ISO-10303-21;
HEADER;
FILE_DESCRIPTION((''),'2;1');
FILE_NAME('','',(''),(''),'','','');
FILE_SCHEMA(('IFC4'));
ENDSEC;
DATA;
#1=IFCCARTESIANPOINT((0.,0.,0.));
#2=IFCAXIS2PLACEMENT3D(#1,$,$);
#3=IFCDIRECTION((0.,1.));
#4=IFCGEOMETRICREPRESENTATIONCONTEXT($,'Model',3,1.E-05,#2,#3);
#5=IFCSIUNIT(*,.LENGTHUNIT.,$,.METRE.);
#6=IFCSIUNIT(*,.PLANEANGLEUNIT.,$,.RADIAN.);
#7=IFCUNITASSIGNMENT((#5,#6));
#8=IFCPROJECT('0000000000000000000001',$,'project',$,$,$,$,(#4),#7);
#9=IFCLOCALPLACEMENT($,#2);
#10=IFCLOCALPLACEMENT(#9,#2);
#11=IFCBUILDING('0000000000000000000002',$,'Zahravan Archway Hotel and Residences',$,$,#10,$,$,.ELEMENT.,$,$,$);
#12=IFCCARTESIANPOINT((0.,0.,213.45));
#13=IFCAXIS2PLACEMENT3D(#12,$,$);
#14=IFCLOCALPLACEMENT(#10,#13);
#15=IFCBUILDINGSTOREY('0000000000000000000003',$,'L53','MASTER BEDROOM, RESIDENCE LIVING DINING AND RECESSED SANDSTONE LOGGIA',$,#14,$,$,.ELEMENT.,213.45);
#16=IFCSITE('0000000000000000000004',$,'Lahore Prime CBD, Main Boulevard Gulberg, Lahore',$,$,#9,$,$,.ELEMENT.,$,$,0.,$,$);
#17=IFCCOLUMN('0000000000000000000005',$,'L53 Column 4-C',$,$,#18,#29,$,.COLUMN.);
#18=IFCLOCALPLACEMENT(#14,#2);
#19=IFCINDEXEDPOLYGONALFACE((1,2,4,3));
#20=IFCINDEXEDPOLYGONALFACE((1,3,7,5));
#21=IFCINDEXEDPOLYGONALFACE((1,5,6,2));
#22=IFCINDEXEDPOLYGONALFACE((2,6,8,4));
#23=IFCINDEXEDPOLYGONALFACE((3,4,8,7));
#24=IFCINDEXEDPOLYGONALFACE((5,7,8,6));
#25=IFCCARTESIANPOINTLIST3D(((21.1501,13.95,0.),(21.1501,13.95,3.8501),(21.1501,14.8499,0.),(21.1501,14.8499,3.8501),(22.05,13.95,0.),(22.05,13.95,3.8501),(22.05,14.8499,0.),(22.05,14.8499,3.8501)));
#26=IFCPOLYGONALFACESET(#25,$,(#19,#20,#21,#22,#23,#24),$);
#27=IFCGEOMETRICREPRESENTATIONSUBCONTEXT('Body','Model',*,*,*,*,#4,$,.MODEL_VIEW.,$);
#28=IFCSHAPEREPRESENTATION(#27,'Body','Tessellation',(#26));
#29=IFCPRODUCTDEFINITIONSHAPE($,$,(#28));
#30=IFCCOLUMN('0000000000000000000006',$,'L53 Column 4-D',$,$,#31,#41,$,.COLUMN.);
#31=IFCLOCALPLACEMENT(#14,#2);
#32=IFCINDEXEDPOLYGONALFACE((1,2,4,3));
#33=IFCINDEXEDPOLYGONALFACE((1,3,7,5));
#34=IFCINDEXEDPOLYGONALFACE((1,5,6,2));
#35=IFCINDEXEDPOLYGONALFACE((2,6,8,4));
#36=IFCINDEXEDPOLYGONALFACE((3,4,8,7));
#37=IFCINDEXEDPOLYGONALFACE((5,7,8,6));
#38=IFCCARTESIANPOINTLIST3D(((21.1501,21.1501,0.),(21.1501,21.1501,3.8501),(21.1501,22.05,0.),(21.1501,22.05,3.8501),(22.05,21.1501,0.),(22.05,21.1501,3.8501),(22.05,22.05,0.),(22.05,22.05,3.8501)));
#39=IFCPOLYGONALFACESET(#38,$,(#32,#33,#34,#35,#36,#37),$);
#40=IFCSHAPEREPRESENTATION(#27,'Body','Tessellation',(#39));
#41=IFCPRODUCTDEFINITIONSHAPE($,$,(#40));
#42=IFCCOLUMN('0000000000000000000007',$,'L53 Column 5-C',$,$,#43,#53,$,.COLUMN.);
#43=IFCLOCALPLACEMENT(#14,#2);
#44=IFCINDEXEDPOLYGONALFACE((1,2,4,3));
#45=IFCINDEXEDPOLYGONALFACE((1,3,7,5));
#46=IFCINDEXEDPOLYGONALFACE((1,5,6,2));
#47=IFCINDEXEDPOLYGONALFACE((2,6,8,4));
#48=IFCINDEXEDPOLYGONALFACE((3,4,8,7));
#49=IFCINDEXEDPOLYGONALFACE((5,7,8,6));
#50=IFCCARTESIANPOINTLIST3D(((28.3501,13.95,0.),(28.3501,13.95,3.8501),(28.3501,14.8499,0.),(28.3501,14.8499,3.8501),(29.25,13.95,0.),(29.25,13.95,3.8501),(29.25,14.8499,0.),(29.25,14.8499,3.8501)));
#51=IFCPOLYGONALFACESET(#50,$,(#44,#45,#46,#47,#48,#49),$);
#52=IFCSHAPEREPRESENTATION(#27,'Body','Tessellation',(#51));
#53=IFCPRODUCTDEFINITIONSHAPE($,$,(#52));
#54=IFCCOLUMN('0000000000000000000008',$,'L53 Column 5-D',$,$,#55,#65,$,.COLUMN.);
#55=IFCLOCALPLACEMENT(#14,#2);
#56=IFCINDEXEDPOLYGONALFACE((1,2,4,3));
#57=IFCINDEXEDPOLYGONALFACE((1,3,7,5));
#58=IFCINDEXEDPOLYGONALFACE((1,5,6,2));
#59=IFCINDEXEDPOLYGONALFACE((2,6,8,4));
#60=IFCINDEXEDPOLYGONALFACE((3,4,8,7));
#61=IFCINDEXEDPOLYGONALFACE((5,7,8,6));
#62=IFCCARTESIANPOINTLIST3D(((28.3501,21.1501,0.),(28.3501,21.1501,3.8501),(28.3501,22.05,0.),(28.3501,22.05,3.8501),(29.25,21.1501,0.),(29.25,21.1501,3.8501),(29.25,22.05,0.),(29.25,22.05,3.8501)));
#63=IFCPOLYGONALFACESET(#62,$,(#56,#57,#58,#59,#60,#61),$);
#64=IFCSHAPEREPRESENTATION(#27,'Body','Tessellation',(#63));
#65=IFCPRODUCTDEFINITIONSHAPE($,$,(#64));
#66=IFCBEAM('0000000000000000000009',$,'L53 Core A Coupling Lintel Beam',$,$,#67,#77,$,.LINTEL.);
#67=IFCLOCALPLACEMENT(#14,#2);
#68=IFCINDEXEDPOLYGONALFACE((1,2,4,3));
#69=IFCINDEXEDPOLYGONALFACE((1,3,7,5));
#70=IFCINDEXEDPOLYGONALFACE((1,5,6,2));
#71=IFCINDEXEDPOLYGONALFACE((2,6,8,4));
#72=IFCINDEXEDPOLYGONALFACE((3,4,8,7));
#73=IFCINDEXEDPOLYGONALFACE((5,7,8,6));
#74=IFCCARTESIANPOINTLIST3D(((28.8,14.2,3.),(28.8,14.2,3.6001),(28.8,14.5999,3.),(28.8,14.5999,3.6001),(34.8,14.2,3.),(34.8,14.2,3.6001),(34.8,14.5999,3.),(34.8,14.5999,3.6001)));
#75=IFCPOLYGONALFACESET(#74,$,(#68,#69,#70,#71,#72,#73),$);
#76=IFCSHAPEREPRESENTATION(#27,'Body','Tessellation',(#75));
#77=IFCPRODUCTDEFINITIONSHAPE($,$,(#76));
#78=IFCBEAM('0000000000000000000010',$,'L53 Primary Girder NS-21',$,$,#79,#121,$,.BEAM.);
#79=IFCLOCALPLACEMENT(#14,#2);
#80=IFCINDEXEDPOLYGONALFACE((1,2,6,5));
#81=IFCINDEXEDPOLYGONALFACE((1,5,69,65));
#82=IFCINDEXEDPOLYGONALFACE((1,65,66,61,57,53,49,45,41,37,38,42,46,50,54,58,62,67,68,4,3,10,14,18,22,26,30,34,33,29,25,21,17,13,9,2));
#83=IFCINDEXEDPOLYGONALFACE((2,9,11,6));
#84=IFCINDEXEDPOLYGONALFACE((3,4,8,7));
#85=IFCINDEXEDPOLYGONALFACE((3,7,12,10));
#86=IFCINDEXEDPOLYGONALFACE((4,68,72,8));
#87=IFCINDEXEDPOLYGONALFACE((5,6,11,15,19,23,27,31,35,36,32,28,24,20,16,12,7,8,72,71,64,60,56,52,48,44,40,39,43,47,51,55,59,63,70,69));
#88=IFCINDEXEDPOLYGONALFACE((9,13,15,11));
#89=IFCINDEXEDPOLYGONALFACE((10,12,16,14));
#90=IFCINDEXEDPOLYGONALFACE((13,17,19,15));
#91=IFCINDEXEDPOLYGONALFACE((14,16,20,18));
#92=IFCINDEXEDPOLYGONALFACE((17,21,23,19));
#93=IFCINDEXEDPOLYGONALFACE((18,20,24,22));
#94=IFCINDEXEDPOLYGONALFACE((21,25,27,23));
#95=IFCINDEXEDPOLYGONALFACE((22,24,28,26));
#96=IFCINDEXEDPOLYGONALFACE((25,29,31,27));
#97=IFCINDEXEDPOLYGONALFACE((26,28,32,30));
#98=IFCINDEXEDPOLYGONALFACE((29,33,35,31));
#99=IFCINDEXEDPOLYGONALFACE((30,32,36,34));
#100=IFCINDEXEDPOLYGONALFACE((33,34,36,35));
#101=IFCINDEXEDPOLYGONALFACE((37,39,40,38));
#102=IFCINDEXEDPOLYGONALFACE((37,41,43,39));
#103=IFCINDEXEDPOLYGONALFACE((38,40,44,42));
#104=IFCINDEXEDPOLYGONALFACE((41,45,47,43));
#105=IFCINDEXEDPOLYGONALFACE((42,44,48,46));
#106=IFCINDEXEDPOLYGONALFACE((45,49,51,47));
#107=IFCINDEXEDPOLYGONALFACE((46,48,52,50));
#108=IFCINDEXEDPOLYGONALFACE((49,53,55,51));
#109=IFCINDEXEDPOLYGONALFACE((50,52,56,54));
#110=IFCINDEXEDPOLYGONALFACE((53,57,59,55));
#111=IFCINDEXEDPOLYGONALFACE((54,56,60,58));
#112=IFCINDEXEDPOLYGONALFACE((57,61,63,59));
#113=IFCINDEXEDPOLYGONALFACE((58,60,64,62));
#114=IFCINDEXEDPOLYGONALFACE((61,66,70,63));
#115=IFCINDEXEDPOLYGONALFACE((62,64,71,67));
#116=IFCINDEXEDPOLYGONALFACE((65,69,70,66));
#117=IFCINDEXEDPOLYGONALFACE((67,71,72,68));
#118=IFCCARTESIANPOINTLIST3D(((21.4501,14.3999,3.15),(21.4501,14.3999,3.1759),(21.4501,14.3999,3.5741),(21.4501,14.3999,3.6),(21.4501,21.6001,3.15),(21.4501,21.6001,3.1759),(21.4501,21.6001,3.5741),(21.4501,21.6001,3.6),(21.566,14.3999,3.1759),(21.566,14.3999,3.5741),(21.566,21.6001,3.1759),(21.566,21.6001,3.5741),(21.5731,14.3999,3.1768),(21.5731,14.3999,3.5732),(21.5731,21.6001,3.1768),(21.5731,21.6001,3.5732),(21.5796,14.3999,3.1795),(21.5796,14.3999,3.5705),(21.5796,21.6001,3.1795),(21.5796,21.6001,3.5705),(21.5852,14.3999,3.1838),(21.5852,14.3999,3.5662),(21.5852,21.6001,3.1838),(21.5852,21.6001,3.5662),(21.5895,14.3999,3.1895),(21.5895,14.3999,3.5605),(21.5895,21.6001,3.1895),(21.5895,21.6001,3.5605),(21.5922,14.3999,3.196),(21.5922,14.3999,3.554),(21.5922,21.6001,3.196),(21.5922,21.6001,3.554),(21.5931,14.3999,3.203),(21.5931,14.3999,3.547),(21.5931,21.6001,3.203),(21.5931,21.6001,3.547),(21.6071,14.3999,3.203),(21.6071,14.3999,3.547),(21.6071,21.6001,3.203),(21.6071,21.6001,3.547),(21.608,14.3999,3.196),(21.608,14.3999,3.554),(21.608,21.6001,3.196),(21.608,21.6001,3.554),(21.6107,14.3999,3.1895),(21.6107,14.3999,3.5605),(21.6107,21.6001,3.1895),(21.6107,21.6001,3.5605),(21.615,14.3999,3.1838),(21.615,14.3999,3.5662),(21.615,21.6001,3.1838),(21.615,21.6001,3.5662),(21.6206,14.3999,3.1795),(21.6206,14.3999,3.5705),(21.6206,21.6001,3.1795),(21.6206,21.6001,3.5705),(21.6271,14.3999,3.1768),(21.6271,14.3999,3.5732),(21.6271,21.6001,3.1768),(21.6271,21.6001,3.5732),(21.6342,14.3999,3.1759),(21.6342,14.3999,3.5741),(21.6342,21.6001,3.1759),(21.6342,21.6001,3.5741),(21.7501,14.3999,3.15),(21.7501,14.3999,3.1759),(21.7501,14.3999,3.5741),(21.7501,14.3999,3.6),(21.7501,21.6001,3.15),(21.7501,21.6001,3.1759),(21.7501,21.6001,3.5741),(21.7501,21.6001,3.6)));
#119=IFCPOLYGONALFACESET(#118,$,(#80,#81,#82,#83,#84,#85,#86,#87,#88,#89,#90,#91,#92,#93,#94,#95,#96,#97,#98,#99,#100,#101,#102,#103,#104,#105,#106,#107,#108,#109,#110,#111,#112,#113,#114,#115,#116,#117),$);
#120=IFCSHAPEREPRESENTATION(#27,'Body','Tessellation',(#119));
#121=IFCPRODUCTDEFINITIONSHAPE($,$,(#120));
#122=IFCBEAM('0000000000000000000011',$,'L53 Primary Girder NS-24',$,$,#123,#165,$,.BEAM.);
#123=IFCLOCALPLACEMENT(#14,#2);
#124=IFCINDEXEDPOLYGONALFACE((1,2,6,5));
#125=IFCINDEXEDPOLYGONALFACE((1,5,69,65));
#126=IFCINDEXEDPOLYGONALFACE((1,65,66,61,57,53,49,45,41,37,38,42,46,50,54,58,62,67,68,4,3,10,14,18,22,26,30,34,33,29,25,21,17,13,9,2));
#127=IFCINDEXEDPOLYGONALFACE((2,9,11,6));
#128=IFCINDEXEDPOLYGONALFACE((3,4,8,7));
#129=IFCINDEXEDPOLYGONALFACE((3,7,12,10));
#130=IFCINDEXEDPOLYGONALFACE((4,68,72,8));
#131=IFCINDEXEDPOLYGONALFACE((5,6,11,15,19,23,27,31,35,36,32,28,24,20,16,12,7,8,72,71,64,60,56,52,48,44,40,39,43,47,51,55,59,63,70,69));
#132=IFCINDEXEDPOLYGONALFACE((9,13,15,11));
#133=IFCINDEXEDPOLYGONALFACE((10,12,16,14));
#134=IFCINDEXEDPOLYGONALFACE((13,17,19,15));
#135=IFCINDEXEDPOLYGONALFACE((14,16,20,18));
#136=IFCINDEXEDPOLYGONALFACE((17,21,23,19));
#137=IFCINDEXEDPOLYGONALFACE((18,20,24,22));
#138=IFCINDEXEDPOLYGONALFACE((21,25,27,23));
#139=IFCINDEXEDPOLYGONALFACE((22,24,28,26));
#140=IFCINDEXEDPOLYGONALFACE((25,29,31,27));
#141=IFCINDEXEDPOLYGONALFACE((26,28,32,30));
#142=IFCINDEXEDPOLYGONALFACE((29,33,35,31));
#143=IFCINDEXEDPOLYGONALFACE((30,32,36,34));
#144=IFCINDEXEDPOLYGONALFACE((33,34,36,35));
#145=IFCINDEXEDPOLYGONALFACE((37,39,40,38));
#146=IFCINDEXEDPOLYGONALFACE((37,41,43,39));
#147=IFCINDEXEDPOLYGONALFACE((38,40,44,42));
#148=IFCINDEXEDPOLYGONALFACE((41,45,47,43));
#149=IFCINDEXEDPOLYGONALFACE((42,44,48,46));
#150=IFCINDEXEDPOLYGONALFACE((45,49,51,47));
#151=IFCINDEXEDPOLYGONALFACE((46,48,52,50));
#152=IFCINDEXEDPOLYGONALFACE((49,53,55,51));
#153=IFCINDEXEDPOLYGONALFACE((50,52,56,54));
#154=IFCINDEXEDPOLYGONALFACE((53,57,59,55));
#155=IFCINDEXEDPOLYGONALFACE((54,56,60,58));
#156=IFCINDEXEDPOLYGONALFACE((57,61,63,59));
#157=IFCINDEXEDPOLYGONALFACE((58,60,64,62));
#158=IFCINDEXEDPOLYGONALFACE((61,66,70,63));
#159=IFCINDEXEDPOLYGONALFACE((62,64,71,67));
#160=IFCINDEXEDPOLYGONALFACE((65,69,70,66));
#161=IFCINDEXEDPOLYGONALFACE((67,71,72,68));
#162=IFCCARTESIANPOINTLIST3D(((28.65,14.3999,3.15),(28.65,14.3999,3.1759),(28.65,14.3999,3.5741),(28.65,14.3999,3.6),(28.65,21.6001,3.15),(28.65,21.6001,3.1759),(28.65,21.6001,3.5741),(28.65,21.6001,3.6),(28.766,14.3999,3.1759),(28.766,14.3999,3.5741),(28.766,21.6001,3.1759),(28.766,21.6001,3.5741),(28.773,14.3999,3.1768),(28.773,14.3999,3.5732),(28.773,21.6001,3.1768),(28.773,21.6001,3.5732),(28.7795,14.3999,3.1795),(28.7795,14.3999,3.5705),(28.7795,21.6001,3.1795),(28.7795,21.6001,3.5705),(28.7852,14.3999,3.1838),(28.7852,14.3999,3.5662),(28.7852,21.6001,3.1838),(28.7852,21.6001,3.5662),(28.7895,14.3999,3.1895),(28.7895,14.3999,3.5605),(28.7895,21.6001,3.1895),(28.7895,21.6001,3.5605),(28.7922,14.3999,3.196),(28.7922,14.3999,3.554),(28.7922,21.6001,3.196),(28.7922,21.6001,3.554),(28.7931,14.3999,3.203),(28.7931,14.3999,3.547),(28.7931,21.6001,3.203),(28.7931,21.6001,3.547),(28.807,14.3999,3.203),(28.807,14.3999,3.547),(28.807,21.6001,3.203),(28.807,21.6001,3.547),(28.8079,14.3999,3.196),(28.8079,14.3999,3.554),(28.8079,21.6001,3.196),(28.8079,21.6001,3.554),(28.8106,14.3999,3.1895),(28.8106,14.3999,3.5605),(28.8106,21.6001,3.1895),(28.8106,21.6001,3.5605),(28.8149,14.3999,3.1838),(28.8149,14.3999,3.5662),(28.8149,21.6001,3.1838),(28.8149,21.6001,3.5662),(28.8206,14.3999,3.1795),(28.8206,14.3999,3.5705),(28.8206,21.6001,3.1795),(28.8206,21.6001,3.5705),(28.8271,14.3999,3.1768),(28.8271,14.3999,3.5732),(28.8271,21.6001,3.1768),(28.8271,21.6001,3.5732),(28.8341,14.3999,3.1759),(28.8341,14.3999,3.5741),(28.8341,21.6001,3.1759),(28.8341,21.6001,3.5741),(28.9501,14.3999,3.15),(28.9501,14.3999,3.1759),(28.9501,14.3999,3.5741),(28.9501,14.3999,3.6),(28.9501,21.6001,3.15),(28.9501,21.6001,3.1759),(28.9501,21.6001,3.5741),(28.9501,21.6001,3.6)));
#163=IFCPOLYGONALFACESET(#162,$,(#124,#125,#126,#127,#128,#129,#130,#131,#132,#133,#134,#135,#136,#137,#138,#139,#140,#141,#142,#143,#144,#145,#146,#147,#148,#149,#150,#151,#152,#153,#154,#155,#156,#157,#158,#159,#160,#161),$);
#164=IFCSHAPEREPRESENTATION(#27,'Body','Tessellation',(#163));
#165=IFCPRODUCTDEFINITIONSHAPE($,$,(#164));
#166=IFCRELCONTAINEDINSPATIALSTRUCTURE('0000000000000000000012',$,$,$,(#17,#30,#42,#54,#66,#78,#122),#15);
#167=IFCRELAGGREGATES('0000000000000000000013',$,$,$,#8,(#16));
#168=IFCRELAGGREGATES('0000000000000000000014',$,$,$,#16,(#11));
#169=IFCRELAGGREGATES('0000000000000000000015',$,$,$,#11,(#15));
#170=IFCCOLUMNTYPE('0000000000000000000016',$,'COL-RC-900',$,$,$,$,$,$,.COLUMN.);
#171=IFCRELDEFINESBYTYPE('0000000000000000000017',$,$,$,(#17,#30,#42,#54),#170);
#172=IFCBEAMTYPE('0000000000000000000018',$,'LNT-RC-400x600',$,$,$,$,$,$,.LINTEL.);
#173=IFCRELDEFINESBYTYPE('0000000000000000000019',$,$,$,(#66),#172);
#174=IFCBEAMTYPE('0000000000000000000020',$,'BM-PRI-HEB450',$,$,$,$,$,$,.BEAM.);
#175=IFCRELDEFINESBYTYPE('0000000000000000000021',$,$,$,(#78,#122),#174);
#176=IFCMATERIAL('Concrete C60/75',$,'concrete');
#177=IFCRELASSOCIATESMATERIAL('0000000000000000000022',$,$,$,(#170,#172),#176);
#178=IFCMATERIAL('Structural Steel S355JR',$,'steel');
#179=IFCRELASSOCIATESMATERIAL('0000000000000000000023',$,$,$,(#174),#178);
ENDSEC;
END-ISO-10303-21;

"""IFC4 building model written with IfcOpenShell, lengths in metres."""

from ifc_helpers import new_model, si_unit, direction, frame, origin, origin_2d, place, context, subcontext, project, spatial, rectangle, i_section, extrude, source, transform, mapped, material, material_profile, profile_set, type_object, type_shapes, element, save


model = new_model("IFC4")

# Units and contexts
model_context = context("Model", 3, precision=1e-05, world=origin(), true_north=direction((0.0, 1.0)))
body_context = subcontext(model_context, "Body", "Model", "MODEL_VIEW")
ifc_project = project(units=[si_unit("LENGTHUNIT", "METRE"), si_unit("PLANEANGLEUNIT", "RADIAN")], contexts=[model_context])

# Site, building, storey
site_placement = place(None, origin())
site = spatial("IfcSite", under=ifc_project, at=site_placement, Name="Lahore Prime CBD, Main Boulevard Gulberg, Lahore", CompositionType="ELEMENT", RefElevation=0.0)
building_placement = place(site_placement, origin())
building = spatial("IfcBuilding", under=site, at=building_placement, Name="Zahravan Archway Hotel and Residences", CompositionType="ELEMENT")
storey_placement = place(building_placement, frame((0.0, 0.0, 213.45)))
storey = spatial("IfcBuildingStorey", under=building, at=storey_placement, Name="L53", Description="MASTER BEDROOM, RESIDENCE LIVING DINING AND RECESSED SANDSTONE LOGGIA", CompositionType="ELEMENT", Elevation=213.45)

# Columns
ifc_material_1 = material(Name="Concrete C60/75", Category="concrete")
ifc_material_profile_1 = material_profile(ifc_material_1, rectangle(XDim=0.8999, YDim=0.8999, at=origin_2d()), Name="RC-COL-900x900", Category="concrete")
ifc_profile_set_1 = profile_set([ifc_material_profile_1], Name="Concrete C60/75")
column_type = type_object("IfcColumnType", Name="COL-RC-900", PredefinedType="COLUMN", material=ifc_profile_set_1)
shared_shape_1 = source(origin(), body_context, "Body", "SweptSolid", [
    extrude(rectangle(XDim=0.8999, YDim=0.8999, at=origin_2d()), origin(), (0.0, 0.0, 1.0), 3.8501),
])
type_shapes(column_type, [shared_shape_1])
for number, where, z_axis, x_axis, name in (
    (1, (21.6001, 14.3999, 0.0), (0.0, 0.0, 1.0), (1.0, 0.0, 0.0), "L53 Column 4-C"),
    (2, (21.6001, 21.6001, 0.0), (0.0, 0.0, 1.0), (1.0, 0.0, 0.0), "L53 Column 4-D"),
    (3, (28.8, 14.3999, 0.0), (0.0, 0.0, 1.0), (1.0, 0.0, 0.0), "L53 Column 5-C"),
    (4, (28.8, 21.6001, 0.0), (0.0, 0.0, 1.0), (1.0, 0.0, 0.0), "L53 Column 5-D"),
):
    element("IfcColumn", number, at=place(storey_placement, frame(where, z_axis=z_axis, x_axis=x_axis)), inside=storey, type_object=column_type, Name=name, PredefinedType="COLUMN", context=body_context, shape_type="MappedRepresentation", body=[
        mapped(shared_shape_1, transform((0.0, 0.0, 0.0), scale=1.0)),
    ])

# Beams
ifc_material_profile_2 = material_profile(ifc_material_1, rectangle(XDim=0.3999, YDim=0.6001, at=origin_2d()), Name="RC-LNT-400x600", Category="concrete")
ifc_profile_set_2 = profile_set([ifc_material_profile_2], Name="Concrete C60/75")
beam_type_1 = type_object("IfcBeamType", Name="LNT-RC-400x600", PredefinedType="LINTEL", material=ifc_profile_set_2)
shared_shape_2 = source(origin(), body_context, "Body", "SweptSolid", [
    extrude(rectangle(XDim=0.3999, YDim=0.6001, at=origin_2d()), origin(), (0.0, 0.0, 1.0), 6.0),
])
type_shapes(beam_type_1, [shared_shape_2])
beam_1_placement = place(storey_placement, frame((28.8, 14.3999, 3.3), z_axis=(1.0, 0.0, 0.0), x_axis=(0.0, 1.0, 0.0)))
element("IfcBeam", 5, at=beam_1_placement, inside=storey, type_object=beam_type_1, Name="L53 Core A Coupling Lintel Beam", PredefinedType="LINTEL", context=body_context, shape_type="MappedRepresentation", body=[
    mapped(shared_shape_2, transform((0.0, 0.0, 0.0), scale=1.0)),
])
ifc_material_2 = material(Name="Structural Steel S355JR", Category="steel")
ifc_material_profile_3 = material_profile(ifc_material_2, i_section(OverallWidth=0.3, OverallDepth=0.45, WebThickness=0.0139, FlangeThickness=0.0259, FilletRadius=0.0271, at=origin_2d()), Name="HEB 450", Category="steel")
ifc_profile_set_3 = profile_set([ifc_material_profile_3], Name="Structural Steel S355JR")
beam_type_2 = type_object("IfcBeamType", Name="BM-PRI-HEB450", PredefinedType="BEAM", material=ifc_profile_set_3)
shared_shape_3 = source(origin(), body_context, "Body", "SweptSolid", [
    extrude(i_section(OverallWidth=0.3, OverallDepth=0.45, WebThickness=0.0139, FlangeThickness=0.0259, FilletRadius=0.0271, at=origin_2d()), origin(), (0.0, 0.0, 1.0), 7.2002),
])
type_shapes(beam_type_2, [shared_shape_3])
for number, where, z_axis, x_axis, name in (
    (6, (21.6001, 14.3999, 3.375), (0.0, 1.0, 0.0), (-1.0, 0.0, 0.0), "L53 Primary Girder NS-21"),
    (7, (28.8, 14.3999, 3.375), (0.0, 1.0, 0.0), (-1.0, 0.0, 0.0), "L53 Primary Girder NS-24"),
):
    element("IfcBeam", number, at=place(storey_placement, frame(where, z_axis=z_axis, x_axis=x_axis)), inside=storey, type_object=beam_type_2, Name=name, PredefinedType="BEAM", context=body_context, shape_type="MappedRepresentation", body=[
        mapped(shared_shape_3, transform((0.0, 0.0, 0.0), scale=1.0)),
    ])

save(model, "model.ifc")
